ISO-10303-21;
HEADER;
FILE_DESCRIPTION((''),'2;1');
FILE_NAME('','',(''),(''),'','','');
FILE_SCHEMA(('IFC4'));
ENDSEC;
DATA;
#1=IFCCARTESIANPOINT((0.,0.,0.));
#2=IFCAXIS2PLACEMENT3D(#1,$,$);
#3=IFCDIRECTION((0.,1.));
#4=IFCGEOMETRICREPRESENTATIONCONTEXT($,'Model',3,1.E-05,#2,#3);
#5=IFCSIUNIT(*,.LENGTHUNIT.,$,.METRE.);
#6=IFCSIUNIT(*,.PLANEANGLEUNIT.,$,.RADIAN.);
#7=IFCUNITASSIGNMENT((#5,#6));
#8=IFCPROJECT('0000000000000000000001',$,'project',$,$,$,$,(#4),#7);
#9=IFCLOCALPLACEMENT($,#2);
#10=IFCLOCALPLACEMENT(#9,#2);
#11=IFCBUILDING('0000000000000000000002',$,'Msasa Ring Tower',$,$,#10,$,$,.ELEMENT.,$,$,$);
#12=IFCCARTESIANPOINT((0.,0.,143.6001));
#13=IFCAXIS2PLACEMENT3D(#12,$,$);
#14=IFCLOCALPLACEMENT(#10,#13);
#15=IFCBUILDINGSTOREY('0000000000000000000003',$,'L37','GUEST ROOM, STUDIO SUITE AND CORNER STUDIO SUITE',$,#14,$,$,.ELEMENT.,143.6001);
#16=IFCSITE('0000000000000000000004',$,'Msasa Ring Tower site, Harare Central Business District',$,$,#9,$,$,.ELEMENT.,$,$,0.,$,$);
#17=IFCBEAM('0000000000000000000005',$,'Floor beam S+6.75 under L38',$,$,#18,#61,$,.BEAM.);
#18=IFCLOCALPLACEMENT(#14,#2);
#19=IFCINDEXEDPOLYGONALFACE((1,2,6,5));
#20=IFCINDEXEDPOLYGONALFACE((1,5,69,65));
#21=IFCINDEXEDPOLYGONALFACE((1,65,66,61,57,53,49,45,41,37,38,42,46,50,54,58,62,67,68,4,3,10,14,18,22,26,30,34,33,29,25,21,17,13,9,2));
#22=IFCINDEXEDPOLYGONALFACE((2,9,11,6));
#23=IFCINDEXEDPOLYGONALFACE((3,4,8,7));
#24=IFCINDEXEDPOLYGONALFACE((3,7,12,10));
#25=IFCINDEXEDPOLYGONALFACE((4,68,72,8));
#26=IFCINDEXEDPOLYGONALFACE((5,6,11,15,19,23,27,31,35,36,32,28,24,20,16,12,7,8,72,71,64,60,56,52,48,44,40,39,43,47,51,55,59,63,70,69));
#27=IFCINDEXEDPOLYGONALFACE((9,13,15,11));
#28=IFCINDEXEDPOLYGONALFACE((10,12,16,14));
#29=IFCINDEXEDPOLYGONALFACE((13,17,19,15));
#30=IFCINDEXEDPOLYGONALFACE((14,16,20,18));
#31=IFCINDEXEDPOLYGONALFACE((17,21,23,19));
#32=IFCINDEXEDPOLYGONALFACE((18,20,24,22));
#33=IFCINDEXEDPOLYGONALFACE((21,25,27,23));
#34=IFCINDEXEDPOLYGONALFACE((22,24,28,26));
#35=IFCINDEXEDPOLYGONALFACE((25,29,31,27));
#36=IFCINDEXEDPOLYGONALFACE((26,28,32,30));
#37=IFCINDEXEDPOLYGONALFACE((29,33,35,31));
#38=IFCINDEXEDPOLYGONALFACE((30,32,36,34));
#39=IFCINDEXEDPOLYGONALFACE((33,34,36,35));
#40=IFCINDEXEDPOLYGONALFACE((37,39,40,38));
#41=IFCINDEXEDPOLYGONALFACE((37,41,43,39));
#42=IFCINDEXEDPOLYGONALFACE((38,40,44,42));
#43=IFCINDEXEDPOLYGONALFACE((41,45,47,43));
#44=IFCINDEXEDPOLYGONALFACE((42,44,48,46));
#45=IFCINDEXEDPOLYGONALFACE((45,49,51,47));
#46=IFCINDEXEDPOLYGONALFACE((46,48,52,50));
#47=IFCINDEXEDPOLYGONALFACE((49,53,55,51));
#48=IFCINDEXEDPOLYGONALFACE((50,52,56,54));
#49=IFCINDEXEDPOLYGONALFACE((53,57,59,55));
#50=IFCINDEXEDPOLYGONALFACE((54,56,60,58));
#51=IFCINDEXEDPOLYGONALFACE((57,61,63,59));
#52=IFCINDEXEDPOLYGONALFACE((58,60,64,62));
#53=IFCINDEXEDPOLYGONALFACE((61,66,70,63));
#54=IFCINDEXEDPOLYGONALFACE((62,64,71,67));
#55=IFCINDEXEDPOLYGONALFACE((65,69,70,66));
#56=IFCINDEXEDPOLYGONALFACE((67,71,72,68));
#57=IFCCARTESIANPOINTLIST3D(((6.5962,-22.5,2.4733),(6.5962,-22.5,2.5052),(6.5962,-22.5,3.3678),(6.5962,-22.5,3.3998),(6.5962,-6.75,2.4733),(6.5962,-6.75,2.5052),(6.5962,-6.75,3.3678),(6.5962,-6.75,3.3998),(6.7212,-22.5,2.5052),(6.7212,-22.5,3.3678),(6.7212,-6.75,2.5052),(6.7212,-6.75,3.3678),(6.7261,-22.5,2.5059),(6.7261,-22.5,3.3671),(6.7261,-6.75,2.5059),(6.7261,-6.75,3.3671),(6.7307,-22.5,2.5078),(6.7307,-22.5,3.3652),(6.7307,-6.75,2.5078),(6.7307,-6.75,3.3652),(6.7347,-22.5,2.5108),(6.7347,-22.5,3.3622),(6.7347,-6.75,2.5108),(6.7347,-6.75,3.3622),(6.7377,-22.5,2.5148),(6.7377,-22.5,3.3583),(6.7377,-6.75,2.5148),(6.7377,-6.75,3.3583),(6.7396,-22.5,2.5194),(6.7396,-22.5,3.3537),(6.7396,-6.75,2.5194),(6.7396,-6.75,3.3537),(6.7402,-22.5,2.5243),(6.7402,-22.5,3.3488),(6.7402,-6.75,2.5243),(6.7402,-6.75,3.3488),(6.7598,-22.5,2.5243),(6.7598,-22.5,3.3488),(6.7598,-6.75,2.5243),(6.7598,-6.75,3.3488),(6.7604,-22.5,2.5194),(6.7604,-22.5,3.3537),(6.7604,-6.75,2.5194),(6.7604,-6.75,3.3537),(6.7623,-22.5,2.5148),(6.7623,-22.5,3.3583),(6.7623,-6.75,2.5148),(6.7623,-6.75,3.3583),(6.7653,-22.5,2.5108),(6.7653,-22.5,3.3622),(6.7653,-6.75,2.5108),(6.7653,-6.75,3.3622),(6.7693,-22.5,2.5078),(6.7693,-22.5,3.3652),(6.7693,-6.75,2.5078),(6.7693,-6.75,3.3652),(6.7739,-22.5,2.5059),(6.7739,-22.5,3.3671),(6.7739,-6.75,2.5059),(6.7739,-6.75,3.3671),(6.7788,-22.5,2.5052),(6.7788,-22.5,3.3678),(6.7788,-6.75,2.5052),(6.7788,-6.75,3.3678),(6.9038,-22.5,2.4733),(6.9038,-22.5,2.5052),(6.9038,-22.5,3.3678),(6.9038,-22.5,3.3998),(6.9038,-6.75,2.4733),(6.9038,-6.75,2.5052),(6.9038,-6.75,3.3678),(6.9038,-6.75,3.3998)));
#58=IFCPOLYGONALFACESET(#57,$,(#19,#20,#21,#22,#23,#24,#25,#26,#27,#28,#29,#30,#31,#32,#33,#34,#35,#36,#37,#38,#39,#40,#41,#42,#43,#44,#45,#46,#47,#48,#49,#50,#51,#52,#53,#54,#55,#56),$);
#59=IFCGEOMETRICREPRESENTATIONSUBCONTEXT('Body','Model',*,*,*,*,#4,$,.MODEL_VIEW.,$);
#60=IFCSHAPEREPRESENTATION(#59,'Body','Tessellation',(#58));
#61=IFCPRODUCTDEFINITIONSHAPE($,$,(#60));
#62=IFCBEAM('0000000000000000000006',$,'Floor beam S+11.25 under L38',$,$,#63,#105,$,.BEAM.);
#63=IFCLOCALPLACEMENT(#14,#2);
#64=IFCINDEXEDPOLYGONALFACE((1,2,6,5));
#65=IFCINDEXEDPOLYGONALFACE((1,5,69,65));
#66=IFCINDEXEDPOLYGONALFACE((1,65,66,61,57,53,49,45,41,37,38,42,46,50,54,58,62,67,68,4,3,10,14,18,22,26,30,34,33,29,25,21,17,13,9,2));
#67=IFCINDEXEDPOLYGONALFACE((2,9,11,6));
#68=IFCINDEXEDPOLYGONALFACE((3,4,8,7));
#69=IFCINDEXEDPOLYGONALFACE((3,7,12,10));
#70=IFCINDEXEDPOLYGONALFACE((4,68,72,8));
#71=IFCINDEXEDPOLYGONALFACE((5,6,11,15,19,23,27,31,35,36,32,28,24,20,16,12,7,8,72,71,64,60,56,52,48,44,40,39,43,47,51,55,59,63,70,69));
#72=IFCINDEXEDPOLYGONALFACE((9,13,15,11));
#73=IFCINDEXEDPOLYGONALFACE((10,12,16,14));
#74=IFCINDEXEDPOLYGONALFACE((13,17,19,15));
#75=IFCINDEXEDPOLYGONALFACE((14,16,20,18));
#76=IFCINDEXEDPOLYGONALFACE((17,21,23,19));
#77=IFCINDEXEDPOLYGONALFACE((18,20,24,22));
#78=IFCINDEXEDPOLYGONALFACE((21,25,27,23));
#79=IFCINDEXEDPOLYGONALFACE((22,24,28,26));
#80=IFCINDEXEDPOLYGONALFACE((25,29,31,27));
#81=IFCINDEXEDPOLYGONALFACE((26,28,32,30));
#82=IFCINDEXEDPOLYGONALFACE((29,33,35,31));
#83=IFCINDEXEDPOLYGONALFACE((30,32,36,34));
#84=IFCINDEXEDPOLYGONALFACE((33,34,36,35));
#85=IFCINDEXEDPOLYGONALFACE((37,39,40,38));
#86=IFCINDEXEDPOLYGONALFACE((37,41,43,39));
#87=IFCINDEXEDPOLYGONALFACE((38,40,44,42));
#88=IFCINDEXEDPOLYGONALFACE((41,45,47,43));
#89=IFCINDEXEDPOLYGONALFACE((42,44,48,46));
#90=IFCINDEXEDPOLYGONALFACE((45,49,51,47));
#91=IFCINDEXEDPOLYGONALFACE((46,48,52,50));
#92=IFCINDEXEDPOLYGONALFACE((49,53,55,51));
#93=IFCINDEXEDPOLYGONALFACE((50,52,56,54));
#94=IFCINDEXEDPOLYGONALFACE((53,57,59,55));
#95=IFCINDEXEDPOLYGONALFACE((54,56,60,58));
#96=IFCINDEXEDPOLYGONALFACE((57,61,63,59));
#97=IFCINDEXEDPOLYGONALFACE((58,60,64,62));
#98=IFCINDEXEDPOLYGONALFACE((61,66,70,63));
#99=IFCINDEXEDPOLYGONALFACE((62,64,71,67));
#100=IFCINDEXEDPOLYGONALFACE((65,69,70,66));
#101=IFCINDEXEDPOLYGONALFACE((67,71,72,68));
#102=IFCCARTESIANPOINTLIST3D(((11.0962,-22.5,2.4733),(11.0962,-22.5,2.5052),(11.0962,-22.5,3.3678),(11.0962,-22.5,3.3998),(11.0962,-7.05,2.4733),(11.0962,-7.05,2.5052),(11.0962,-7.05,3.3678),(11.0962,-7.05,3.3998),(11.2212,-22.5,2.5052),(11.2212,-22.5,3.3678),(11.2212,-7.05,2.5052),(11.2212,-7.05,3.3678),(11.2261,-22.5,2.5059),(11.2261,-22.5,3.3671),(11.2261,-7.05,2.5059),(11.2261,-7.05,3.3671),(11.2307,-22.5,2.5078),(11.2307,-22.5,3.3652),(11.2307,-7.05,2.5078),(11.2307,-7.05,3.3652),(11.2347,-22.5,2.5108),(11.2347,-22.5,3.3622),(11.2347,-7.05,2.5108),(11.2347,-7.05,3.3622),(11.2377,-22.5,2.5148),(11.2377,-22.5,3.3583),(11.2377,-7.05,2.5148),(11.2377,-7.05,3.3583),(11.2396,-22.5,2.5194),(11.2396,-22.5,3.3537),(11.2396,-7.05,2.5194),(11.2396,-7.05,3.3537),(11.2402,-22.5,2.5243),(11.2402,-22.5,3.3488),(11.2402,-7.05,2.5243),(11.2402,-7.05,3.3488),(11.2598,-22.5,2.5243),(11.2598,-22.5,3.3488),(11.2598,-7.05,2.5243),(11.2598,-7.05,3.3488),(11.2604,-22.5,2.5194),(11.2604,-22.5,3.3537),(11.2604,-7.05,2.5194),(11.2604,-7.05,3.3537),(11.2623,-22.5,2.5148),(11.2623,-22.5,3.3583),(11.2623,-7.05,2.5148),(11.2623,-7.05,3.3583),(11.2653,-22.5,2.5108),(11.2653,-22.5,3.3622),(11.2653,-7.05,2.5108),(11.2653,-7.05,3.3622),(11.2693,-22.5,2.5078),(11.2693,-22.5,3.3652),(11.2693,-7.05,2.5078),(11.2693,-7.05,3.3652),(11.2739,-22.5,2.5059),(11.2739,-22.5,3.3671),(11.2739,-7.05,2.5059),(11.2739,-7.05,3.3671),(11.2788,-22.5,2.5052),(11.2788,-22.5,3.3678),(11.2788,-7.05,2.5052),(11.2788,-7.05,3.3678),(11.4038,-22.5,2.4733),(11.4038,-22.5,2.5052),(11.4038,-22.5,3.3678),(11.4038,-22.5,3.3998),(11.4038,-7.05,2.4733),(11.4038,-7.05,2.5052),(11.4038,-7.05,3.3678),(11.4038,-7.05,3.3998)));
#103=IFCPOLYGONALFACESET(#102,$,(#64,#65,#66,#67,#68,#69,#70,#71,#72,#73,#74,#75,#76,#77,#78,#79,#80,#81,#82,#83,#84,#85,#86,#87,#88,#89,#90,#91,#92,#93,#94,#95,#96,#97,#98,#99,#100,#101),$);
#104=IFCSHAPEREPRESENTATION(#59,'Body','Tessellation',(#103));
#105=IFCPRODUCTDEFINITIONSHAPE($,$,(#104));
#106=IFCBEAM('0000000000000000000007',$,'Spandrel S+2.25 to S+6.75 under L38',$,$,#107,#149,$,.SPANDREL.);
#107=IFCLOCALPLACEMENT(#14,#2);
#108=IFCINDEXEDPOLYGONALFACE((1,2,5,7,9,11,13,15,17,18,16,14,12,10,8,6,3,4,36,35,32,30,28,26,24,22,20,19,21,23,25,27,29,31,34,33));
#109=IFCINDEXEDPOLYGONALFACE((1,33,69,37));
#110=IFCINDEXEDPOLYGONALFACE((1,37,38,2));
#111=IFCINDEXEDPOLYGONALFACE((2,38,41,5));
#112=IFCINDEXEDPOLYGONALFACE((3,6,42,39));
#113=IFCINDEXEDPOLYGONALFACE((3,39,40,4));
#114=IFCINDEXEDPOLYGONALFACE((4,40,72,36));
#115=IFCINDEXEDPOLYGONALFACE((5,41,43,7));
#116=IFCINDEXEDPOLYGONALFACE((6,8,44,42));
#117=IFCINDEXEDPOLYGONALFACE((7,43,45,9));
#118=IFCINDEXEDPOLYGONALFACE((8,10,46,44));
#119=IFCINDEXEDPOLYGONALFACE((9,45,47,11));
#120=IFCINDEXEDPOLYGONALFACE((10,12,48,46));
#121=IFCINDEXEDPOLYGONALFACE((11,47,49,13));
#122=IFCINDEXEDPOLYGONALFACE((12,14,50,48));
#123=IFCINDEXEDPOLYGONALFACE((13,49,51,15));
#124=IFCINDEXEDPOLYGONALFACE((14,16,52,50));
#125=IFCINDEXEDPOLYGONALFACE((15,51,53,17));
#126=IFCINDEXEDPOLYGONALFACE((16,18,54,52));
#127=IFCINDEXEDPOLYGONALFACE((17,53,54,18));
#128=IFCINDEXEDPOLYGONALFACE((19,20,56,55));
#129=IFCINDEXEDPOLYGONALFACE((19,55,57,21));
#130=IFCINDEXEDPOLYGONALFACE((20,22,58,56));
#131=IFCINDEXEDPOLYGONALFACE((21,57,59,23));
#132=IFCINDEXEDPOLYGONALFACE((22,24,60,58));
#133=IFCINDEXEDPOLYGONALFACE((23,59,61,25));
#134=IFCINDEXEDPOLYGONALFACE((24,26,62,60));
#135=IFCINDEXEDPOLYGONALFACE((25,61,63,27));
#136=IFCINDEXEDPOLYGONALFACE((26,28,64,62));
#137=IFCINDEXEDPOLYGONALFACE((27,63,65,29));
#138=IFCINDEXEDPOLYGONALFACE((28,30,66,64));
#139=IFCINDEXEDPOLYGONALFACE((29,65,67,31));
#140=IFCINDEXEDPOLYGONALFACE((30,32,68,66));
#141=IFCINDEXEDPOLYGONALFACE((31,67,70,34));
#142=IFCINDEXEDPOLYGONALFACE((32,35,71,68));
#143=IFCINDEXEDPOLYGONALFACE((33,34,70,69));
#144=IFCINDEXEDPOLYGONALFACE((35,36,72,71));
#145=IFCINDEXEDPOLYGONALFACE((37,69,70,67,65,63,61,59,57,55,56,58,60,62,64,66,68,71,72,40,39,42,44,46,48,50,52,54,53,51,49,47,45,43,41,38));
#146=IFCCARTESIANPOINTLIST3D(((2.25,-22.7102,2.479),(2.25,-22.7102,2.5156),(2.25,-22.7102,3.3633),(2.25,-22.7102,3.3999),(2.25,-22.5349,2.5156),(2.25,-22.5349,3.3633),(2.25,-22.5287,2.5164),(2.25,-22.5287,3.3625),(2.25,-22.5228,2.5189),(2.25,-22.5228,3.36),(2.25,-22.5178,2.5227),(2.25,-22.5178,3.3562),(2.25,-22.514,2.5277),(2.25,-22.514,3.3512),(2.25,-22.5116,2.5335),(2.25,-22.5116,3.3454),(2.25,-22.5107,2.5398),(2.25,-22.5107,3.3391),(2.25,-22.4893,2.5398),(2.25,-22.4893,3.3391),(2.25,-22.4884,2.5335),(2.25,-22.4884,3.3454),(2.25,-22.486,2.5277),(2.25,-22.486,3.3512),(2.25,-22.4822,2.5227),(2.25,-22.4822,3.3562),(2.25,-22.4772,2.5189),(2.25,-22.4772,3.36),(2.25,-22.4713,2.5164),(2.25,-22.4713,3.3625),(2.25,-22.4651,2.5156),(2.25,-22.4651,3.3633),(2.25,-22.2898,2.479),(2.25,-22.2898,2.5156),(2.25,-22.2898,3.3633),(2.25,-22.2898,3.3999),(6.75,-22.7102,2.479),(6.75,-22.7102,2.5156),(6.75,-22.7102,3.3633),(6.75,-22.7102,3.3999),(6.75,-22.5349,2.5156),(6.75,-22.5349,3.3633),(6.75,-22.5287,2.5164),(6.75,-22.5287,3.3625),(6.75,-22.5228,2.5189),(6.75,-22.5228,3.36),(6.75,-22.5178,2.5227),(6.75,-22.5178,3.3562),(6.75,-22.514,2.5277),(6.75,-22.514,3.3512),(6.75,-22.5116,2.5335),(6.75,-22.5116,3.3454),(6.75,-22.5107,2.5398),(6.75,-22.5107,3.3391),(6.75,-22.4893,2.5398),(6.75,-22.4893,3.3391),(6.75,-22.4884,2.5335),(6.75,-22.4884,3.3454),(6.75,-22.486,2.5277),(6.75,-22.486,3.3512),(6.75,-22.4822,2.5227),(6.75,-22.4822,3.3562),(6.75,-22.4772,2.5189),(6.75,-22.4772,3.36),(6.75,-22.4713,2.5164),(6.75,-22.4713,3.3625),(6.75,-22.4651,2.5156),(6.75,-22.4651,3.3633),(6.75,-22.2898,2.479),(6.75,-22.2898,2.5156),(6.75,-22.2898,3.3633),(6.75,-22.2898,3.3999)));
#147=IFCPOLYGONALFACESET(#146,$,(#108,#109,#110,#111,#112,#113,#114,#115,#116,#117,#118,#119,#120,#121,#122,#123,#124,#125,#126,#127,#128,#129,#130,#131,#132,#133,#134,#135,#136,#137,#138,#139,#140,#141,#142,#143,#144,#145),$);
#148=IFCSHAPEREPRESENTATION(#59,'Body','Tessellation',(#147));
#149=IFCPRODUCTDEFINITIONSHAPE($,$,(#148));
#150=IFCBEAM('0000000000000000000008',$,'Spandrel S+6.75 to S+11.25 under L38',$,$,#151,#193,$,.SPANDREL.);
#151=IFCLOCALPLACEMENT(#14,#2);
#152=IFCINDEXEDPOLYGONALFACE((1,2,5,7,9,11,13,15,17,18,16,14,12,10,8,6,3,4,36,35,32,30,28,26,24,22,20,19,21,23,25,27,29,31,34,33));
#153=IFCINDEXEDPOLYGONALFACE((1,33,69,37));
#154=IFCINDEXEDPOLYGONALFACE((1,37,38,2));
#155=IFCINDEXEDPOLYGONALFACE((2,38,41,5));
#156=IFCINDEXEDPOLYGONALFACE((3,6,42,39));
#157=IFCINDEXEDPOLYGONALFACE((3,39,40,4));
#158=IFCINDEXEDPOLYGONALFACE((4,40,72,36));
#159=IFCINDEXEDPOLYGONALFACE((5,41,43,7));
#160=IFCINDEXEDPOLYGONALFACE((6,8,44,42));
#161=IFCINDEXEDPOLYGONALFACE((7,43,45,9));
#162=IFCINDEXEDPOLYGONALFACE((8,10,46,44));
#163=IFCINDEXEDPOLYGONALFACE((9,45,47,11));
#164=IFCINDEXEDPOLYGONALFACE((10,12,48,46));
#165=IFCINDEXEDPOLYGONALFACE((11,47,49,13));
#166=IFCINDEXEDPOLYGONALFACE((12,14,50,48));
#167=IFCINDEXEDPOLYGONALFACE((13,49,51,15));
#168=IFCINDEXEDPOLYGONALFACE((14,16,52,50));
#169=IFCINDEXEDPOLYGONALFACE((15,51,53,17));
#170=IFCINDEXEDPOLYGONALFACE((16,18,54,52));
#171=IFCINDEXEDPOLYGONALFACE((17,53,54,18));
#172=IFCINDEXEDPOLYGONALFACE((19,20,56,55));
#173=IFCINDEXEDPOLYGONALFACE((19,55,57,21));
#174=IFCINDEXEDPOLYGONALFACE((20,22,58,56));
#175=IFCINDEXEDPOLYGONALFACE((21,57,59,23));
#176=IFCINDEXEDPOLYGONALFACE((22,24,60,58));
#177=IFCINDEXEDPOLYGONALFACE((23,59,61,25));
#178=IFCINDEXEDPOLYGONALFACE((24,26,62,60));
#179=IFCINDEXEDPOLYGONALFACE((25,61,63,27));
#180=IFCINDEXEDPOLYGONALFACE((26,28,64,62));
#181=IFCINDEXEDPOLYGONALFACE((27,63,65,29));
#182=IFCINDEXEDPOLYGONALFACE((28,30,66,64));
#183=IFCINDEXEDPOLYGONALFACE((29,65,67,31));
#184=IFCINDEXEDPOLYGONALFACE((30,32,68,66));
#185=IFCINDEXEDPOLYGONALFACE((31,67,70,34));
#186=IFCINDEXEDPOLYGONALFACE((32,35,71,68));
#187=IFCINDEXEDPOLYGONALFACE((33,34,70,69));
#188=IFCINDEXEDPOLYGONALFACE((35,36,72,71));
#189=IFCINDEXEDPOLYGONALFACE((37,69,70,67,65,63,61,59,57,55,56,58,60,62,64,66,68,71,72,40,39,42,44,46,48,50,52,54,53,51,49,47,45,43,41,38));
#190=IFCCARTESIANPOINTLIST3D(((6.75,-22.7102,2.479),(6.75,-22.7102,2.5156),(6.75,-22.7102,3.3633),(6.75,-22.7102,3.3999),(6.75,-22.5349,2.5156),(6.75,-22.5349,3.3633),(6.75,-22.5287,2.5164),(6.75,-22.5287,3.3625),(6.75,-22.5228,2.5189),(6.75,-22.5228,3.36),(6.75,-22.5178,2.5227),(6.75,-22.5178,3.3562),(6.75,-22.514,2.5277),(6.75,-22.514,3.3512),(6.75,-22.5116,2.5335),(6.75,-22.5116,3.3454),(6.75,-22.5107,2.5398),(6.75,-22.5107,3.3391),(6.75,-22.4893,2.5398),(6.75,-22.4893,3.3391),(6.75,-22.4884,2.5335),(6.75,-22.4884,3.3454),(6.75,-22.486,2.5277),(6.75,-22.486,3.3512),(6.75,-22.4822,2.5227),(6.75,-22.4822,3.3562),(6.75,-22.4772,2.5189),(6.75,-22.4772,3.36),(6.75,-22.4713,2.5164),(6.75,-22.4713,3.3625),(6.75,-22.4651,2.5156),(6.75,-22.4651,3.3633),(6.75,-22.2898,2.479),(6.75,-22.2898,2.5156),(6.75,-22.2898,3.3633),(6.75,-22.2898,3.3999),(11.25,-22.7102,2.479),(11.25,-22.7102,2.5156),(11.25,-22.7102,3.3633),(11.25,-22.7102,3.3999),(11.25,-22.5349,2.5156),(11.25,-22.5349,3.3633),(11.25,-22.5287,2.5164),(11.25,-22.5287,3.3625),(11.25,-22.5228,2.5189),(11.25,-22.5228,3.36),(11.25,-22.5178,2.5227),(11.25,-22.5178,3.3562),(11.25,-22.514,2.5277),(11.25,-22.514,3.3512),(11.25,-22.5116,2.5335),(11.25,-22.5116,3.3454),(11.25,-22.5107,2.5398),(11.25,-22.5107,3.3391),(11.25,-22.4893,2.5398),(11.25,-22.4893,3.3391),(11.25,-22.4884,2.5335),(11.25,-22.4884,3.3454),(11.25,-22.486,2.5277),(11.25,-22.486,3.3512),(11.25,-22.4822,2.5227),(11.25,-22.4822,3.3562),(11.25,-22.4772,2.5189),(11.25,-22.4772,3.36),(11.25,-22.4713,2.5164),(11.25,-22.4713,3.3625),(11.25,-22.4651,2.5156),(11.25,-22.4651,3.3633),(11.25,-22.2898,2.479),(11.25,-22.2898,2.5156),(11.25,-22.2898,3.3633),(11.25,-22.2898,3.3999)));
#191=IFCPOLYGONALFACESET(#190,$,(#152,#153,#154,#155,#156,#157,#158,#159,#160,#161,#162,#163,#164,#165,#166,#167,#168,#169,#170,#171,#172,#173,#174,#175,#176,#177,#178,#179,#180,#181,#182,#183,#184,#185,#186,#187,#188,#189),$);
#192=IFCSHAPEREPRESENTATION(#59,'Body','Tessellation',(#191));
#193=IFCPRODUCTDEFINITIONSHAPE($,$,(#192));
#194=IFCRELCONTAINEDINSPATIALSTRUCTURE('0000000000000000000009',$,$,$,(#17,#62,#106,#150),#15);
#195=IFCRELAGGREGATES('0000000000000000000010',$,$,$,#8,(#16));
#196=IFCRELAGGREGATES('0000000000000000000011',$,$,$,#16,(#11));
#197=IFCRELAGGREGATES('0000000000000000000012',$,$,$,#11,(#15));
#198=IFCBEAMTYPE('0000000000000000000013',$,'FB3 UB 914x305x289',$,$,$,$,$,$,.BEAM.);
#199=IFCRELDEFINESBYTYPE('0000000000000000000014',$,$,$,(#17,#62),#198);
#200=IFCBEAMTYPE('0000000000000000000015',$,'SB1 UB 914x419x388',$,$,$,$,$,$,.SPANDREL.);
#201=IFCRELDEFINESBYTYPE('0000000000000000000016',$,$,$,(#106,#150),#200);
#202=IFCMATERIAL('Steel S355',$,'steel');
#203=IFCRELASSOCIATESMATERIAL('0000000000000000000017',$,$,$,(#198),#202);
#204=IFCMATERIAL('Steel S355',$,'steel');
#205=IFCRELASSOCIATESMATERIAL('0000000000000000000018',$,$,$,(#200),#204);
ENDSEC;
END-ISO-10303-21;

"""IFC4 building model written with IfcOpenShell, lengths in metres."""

from ifc_helpers import new_model, si_unit, direction, frame, origin, origin_2d, place, context, subcontext, project, spatial, i_section, extrude, material, material_profile, profile_set, type_object, element, save


model = new_model("IFC4")

# Units and contexts
model_context = context("Model", 3, precision=1e-05, world=origin(), true_north=direction((0.0, 1.0)))
body_context = subcontext(model_context, "Body", "Model", "MODEL_VIEW")
ifc_project = project(units=[si_unit("LENGTHUNIT", "METRE"), si_unit("PLANEANGLEUNIT", "RADIAN")], contexts=[model_context])

# Site, building, storey
site_placement = place(None, origin())
site = spatial("IfcSite", under=ifc_project, at=site_placement, Name="Msasa Ring Tower site, Harare Central Business District", CompositionType="ELEMENT", RefElevation=0.0)
building_placement = place(site_placement, origin())
building = spatial("IfcBuilding", under=site, at=building_placement, Name="Msasa Ring Tower", CompositionType="ELEMENT")
storey_placement = place(building_placement, frame((0.0, 0.0, 143.6001)))
storey = spatial("IfcBuildingStorey", under=building, at=storey_placement, Name="L37", Description="GUEST ROOM, STUDIO SUITE AND CORNER STUDIO SUITE", CompositionType="ELEMENT", Elevation=143.6001)

# Beams
ifc_material_1 = material(Name="Steel S355", Category="steel")
ifc_material_profile_1 = material_profile(ifc_material_1, i_section(OverallWidth=0.3076, OverallDepth=0.9265, WebThickness=0.0195, FlangeThickness=0.032, FilletRadius=0.019, at=origin_2d()), Name="UB 914x305x289")
ifc_profile_set_1 = profile_set([ifc_material_profile_1], Name="Steel S355")
beam_type_1 = type_object("IfcBeamType", Name="FB3 UB 914x305x289", PredefinedType="BEAM", material=ifc_profile_set_1)
for number, where, z_axis, x_axis, name in (
    (1, (6.75, -22.5, 2.9365), (0.0, 1.0, 0.0), (-1.0, 0.0, 0.0), "Floor beam S+6.75 under L38"),
):
    element("IfcBeam", number, at=place(storey_placement, frame(where, z_axis=z_axis, x_axis=x_axis)), inside=storey, type_object=beam_type_1, Name=name, PredefinedType="BEAM", context=body_context, shape_type="SweptSolid", body=[
        extrude(i_section(OverallWidth=0.3076, OverallDepth=0.9265, WebThickness=0.0195, FlangeThickness=0.032, FilletRadius=0.019, at=origin_2d()), origin(), (0.0, 0.0, 1.0), 15.75),
    ])
beam_placement = place(storey_placement, frame((11.25, -22.5, 2.9365), z_axis=(0.0, 1.0, 0.0), x_axis=(-1.0, 0.0, 0.0)))
element("IfcBeam", 2, at=beam_placement, inside=storey, type_object=beam_type_1, Name="Floor beam S+11.25 under L38", PredefinedType="BEAM", context=body_context, shape_type="SweptSolid", body=[
    extrude(i_section(OverallWidth=0.3076, OverallDepth=0.9265, WebThickness=0.0195, FlangeThickness=0.032, FilletRadius=0.019, at=origin_2d()), origin(), (0.0, 0.0, 1.0), 15.45),
])
ifc_material_2 = material(Name="Steel S355", Category="steel")
ifc_material_profile_2 = material_profile(ifc_material_2, i_section(OverallWidth=0.4204, OverallDepth=0.9209, WebThickness=0.0215, FlangeThickness=0.0366, FilletRadius=0.0242, at=origin_2d()), Name="UB 914x419x388")
ifc_profile_set_2 = profile_set([ifc_material_profile_2], Name="Steel S355")
beam_type_2 = type_object("IfcBeamType", Name="SB1 UB 914x419x388", PredefinedType="SPANDREL", material=ifc_profile_set_2)
for number, where, z_axis, x_axis, name in (
    (3, (2.25, -22.5, 2.9395), (1.0, 0.0, 0.0), (0.0, 1.0, 0.0), "Spandrel S+2.25 to S+6.75 under L38"),
    (4, (6.75, -22.5, 2.9395), (1.0, 0.0, 0.0), (0.0, 1.0, 0.0), "Spandrel S+6.75 to S+11.25 under L38"),
):
    element("IfcBeam", number, at=place(storey_placement, frame(where, z_axis=z_axis, x_axis=x_axis)), inside=storey, type_object=beam_type_2, Name=name, PredefinedType="SPANDREL", context=body_context, shape_type="SweptSolid", body=[
        extrude(i_section(OverallWidth=0.4204, OverallDepth=0.9209, WebThickness=0.0215, FlangeThickness=0.0366, FilletRadius=0.0242, at=origin_2d()), origin(), (0.0, 0.0, 1.0), 4.5),
    ])

save(model, "model.ifc")
